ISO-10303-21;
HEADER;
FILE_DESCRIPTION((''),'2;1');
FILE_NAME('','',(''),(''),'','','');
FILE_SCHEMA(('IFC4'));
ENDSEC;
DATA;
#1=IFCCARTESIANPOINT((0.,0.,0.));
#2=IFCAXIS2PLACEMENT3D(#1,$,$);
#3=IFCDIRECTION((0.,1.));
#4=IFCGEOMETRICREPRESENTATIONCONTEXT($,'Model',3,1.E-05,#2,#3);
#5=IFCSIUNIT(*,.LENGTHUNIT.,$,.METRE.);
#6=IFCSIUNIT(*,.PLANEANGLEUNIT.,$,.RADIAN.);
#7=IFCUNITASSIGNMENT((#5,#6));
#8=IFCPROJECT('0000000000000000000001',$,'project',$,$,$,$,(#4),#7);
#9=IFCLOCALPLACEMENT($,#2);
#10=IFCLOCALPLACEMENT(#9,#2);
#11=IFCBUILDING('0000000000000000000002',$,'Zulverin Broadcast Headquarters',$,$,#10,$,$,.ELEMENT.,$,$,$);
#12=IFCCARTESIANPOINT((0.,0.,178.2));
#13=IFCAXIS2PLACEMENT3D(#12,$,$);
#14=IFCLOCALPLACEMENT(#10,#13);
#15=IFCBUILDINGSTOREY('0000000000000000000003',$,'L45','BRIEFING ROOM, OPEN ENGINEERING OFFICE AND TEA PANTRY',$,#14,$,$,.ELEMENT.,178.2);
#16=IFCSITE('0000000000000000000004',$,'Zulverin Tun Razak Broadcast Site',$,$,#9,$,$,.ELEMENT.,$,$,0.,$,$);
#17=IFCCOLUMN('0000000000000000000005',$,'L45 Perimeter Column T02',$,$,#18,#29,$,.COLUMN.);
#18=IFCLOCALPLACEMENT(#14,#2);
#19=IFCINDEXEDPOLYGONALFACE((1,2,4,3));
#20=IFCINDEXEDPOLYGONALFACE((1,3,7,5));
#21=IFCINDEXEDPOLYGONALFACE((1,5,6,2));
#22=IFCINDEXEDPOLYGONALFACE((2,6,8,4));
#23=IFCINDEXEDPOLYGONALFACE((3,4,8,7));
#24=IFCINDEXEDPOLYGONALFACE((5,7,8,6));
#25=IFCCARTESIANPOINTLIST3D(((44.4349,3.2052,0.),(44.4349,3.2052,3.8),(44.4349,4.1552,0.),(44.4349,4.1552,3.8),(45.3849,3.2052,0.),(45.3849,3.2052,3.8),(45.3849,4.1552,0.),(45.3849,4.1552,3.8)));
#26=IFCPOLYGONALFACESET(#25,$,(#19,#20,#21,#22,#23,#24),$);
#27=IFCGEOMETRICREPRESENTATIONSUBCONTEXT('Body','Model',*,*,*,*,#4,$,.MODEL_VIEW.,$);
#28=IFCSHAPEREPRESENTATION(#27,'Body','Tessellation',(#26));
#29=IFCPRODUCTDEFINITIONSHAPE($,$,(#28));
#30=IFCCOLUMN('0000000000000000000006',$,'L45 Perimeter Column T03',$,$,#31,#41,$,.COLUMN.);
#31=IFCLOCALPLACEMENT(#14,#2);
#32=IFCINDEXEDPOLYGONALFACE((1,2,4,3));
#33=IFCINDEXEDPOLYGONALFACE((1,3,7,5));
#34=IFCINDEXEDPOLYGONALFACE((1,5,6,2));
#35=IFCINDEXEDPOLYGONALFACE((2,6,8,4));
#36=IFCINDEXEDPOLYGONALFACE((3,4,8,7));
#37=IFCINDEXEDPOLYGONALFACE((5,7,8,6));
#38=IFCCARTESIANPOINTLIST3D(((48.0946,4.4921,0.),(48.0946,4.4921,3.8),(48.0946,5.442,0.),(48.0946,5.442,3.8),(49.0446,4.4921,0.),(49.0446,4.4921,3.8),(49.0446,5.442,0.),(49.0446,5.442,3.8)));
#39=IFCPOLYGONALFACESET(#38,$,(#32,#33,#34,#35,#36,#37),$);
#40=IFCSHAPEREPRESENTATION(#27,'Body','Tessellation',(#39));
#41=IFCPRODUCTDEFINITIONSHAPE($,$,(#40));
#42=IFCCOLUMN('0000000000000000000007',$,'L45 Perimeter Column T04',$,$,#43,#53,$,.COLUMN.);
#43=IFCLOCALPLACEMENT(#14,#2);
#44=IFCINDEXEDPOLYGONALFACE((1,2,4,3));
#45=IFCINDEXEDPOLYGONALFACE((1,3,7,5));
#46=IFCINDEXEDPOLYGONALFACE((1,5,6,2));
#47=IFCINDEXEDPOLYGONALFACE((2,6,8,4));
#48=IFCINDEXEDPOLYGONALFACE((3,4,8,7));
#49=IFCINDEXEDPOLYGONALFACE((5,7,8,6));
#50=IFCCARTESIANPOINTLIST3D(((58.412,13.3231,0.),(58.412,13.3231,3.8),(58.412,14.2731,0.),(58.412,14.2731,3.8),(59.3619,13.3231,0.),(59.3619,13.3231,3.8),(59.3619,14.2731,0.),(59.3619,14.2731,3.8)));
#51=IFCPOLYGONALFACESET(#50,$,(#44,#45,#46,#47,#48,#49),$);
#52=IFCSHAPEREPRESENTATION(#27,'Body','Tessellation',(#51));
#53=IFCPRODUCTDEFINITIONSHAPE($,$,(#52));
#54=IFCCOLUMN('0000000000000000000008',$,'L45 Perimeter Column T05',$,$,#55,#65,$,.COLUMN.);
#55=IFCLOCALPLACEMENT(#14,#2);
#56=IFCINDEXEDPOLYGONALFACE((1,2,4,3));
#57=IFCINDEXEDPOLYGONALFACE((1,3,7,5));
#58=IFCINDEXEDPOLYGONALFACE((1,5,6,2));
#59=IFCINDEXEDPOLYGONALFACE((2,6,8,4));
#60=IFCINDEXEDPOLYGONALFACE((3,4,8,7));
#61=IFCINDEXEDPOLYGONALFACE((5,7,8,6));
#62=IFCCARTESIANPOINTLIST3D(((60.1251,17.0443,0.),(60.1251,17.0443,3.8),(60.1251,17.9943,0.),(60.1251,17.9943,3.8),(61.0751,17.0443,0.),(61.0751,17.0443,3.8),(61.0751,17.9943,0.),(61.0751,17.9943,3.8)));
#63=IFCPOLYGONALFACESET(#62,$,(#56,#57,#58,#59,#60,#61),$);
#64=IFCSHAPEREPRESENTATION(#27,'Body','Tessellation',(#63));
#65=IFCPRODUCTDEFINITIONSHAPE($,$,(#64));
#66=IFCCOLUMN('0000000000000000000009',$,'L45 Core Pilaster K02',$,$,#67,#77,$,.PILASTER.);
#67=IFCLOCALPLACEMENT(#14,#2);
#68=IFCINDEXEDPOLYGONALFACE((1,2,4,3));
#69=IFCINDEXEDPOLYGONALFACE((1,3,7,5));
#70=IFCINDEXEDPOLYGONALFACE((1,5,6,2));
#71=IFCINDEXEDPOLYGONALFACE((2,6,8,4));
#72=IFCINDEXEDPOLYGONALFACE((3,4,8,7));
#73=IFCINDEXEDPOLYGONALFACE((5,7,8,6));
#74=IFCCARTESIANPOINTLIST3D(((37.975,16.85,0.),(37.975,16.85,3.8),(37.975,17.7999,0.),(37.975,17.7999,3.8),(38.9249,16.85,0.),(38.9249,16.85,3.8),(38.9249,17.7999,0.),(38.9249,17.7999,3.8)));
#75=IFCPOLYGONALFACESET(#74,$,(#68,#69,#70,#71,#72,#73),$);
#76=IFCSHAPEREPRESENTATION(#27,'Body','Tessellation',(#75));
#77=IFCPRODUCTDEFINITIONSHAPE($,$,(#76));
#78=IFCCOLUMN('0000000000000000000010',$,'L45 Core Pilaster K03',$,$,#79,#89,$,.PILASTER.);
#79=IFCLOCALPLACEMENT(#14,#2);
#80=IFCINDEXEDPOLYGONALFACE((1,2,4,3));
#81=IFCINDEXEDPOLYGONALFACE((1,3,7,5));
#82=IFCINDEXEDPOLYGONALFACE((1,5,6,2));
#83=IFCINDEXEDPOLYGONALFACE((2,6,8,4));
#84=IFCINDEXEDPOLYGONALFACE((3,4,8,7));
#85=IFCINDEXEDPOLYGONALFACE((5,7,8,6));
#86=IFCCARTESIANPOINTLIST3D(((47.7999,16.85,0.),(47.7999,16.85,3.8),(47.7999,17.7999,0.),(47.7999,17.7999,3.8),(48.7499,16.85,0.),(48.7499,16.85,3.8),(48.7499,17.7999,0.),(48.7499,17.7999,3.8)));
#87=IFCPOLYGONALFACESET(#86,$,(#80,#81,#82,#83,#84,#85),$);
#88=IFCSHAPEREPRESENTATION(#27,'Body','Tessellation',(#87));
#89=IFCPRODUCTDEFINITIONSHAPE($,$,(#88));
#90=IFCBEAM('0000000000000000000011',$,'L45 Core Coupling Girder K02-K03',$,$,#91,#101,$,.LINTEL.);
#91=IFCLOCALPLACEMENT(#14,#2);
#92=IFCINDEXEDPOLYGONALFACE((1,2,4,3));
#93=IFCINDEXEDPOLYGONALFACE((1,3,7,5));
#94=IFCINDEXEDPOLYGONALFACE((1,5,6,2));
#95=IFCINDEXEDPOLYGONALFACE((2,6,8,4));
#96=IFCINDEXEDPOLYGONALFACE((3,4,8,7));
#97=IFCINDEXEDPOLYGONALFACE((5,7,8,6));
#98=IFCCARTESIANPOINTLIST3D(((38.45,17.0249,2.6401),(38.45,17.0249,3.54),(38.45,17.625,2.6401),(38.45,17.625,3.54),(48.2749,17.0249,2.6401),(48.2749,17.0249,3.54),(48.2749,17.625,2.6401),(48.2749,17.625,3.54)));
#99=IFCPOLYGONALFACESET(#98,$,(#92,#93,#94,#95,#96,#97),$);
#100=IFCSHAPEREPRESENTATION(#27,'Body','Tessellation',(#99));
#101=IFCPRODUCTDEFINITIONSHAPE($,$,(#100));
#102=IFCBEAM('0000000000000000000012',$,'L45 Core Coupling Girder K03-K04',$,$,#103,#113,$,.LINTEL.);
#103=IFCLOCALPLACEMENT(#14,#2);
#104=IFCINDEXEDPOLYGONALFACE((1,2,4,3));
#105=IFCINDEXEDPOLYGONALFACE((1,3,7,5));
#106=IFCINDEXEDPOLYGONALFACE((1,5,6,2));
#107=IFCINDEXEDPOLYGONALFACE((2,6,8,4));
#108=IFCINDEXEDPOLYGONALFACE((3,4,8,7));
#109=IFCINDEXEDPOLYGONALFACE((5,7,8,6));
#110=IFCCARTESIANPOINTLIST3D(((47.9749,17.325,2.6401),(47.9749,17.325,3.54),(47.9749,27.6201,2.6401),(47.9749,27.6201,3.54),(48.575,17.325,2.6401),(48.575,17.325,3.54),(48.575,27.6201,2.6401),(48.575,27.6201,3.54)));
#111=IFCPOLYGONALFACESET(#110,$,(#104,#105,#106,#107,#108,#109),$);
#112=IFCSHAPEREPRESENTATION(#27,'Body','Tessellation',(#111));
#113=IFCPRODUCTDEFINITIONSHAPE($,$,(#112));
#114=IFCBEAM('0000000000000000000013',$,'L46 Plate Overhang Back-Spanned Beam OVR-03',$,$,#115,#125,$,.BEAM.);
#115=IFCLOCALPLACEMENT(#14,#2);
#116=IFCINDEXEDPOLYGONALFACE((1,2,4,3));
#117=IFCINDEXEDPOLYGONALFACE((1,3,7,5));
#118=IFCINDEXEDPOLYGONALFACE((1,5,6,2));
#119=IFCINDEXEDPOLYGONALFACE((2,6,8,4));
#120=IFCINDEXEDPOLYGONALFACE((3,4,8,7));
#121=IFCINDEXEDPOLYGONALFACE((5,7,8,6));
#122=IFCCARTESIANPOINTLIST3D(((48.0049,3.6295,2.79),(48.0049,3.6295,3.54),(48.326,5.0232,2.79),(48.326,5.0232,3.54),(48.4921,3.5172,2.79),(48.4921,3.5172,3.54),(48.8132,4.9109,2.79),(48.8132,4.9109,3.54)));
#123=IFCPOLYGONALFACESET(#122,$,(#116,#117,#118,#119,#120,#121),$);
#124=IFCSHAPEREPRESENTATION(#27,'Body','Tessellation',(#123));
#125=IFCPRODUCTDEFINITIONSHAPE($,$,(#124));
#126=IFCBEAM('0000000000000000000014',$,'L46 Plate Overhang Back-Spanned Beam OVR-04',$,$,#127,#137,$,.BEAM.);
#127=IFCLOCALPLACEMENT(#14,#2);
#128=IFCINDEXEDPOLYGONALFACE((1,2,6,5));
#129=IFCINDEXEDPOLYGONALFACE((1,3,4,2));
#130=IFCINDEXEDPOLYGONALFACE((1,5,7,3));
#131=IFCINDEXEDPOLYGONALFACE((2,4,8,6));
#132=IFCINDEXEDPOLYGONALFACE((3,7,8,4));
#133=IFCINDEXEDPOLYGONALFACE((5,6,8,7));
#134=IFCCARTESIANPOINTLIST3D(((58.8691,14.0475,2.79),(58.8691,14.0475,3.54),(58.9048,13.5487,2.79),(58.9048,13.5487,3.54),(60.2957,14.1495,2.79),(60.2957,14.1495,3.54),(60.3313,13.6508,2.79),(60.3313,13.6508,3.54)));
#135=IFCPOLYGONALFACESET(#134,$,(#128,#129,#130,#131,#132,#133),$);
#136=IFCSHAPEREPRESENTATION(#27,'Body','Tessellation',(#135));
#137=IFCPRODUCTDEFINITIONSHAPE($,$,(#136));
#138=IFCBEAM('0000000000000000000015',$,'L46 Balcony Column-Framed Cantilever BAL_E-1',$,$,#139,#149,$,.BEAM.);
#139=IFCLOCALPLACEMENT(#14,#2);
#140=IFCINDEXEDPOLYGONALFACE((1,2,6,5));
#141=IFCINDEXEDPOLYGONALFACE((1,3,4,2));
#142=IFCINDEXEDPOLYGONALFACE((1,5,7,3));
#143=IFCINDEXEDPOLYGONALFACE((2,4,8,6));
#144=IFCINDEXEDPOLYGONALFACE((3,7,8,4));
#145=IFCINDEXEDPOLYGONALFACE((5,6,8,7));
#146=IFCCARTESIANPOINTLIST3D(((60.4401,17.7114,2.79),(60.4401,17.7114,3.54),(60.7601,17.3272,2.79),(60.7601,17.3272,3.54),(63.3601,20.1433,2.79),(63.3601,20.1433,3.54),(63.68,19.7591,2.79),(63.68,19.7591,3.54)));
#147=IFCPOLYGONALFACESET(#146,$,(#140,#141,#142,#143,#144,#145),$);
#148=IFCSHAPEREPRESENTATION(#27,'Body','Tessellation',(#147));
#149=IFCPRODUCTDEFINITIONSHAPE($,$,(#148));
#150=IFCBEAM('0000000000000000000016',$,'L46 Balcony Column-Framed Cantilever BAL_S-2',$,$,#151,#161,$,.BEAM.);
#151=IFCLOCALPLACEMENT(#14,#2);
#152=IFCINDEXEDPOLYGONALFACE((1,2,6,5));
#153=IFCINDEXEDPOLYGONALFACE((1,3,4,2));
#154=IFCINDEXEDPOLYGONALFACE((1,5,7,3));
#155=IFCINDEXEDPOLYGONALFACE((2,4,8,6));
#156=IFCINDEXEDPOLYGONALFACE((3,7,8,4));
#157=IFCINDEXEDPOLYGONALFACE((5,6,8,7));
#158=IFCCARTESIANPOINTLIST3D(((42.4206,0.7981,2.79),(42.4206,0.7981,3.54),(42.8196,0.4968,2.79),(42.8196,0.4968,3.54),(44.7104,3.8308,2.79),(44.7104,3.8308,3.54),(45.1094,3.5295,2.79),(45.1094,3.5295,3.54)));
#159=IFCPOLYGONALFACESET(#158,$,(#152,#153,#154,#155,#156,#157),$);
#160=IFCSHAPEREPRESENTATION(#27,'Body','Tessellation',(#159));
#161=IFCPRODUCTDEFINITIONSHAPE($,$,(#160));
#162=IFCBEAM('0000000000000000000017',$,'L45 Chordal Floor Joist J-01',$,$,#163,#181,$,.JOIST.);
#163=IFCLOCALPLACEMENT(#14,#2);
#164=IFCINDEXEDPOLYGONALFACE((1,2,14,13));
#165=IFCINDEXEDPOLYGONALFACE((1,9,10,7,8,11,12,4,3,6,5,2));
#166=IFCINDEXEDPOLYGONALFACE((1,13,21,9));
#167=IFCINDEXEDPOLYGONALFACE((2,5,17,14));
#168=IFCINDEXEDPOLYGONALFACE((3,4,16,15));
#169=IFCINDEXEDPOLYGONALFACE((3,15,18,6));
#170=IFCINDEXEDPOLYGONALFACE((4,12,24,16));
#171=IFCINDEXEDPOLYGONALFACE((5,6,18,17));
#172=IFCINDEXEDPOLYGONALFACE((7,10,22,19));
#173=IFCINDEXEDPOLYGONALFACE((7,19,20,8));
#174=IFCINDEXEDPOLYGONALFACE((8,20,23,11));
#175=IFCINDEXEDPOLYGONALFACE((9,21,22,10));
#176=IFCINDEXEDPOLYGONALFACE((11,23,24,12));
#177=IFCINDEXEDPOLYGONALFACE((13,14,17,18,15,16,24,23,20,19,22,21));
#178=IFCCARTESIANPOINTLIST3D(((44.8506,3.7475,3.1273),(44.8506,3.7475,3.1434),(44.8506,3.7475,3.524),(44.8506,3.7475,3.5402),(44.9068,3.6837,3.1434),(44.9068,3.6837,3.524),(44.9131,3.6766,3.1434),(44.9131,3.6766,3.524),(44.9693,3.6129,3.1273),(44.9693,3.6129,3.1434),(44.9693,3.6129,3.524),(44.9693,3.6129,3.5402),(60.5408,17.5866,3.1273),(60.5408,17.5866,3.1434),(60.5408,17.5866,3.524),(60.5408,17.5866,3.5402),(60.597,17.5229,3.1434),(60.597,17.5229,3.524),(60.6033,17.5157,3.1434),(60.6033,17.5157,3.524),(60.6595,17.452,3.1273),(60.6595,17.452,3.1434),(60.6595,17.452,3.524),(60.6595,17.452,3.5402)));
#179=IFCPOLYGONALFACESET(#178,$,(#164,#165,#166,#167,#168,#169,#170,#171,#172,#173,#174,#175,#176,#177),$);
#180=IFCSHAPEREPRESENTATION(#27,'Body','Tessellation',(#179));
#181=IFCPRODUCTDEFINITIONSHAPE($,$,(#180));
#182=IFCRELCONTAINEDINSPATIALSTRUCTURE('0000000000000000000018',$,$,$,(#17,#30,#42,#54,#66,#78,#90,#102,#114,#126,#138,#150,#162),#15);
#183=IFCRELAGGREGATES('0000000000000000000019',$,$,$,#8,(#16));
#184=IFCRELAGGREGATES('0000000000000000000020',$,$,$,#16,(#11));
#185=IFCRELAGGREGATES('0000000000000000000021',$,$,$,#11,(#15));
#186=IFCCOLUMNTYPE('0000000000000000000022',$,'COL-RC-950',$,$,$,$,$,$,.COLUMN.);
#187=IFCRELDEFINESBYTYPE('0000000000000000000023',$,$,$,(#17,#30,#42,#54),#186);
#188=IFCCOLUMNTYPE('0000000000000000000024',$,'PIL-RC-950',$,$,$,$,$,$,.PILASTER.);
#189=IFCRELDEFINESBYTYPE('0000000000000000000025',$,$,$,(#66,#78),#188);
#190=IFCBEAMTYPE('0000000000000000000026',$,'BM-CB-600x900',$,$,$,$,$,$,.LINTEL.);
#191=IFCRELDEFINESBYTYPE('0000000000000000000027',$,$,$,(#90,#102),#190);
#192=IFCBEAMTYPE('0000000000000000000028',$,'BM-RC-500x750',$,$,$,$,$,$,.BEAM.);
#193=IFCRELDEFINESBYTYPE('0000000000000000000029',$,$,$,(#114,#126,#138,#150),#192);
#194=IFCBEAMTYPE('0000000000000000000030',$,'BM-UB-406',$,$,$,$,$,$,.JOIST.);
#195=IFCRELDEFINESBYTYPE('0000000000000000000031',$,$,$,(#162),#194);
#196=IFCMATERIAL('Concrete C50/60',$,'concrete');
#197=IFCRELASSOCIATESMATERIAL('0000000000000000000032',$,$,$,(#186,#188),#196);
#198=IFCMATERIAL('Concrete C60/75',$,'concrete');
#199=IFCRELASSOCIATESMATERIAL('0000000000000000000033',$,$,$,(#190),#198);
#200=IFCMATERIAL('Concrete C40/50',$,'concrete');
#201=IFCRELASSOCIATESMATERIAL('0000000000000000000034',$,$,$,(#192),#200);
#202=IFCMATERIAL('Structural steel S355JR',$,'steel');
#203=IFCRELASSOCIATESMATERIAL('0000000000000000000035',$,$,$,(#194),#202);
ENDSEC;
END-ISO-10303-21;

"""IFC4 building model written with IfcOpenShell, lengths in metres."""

from ifc_helpers import new_model, si_unit, direction, frame, origin, origin_2d, place, context, subcontext, project, spatial, rectangle, i_section, extrude, material, material_profile, profile_set, type_object, element, save


model = new_model("IFC4")

# Units and contexts
model_context = context("Model", 3, precision=1e-05, world=origin(), true_north=direction((0.0, 1.0)))
body_context = subcontext(model_context, "Body", "Model", "MODEL_VIEW")
ifc_project = project(units=[si_unit("LENGTHUNIT", "METRE"), si_unit("PLANEANGLEUNIT", "RADIAN")], contexts=[model_context])

# Site, building, storey
site_placement = place(None, origin())
site = spatial("IfcSite", under=ifc_project, at=site_placement, Name="Zulverin Tun Razak Broadcast Site", CompositionType="ELEMENT", RefElevation=0.0)
building_placement = place(site_placement, origin())
building = spatial("IfcBuilding", under=site, at=building_placement, Name="Zulverin Broadcast Headquarters", CompositionType="ELEMENT")
storey_placement = place(building_placement, frame((0.0, 0.0, 178.2)))
storey = spatial("IfcBuildingStorey", under=building, at=storey_placement, Name="L45", Description="BRIEFING ROOM, OPEN ENGINEERING OFFICE AND TEA PANTRY", CompositionType="ELEMENT", Elevation=178.2)

# Columns
ifc_material_1 = material(Name="Concrete C50/60", Category="concrete")
ifc_material_profile_1 = material_profile(ifc_material_1, rectangle(XDim=0.95, YDim=0.95, at=origin_2d()), Name="Concrete C50/60", Category="concrete")
ifc_profile_set_1 = profile_set([ifc_material_profile_1], Name="Concrete C50/60")
column_type_1 = type_object("IfcColumnType", Name="COL-RC-950", PredefinedType="COLUMN", material=ifc_profile_set_1)
for number, where, z_axis, x_axis, name in (
    (1, (44.9099, 3.6802, 0.0), (0.0, 0.0, 1.0), (1.0, 0.0, 0.0), "L45 Perimeter Column T02"),
    (2, (48.5696, 4.967, 0.0), (0.0, 0.0, 1.0), (1.0, 0.0, 0.0), "L45 Perimeter Column T03"),
    (3, (58.887, 13.7981, 0.0), (0.0, 0.0, 1.0), (1.0, 0.0, 0.0), "L45 Perimeter Column T04"),
    (4, (60.6001, 17.5193, 0.0), (0.0, 0.0, 1.0), (1.0, 0.0, 0.0), "L45 Perimeter Column T05"),
):
    element("IfcColumn", number, at=place(storey_placement, frame(where, z_axis=z_axis, x_axis=x_axis)), inside=storey, type_object=column_type_1, Name=name, PredefinedType="COLUMN", context=body_context, shape_type="SweptSolid", body=[
        extrude(rectangle(XDim=0.95, YDim=0.95, at=origin_2d()), origin(), (0.0, 0.0, 1.0), 3.8),
    ])
ifc_material_profile_2 = material_profile(ifc_material_1, rectangle(XDim=0.95, YDim=0.95, at=origin_2d()), Name="Concrete C50/60", Category="concrete")
ifc_profile_set_2 = profile_set([ifc_material_profile_2], Name="Concrete C50/60")
column_type_2 = type_object("IfcColumnType", Name="PIL-RC-950", PredefinedType="PILASTER", material=ifc_profile_set_2)
for number, where, z_axis, x_axis, name in (
    (5, (38.45, 17.325, 0.0), (0.0, 0.0, 1.0), (1.0, 0.0, 0.0), "L45 Core Pilaster K02"),
    (6, (48.2749, 17.325, 0.0), (0.0, 0.0, 1.0), (1.0, 0.0, 0.0), "L45 Core Pilaster K03"),
):
    element("IfcColumn", number, at=place(storey_placement, frame(where, z_axis=z_axis, x_axis=x_axis)), inside=storey, type_object=column_type_2, Name=name, PredefinedType="PILASTER", context=body_context, shape_type="SweptSolid", body=[
        extrude(rectangle(XDim=0.95, YDim=0.95, at=origin_2d()), origin(), (0.0, 0.0, 1.0), 3.8),
    ])

# Beams
ifc_material_2 = material(Name="Concrete C60/75", Category="concrete")
ifc_material_profile_3 = material_profile(ifc_material_2, rectangle(XDim=0.6001, YDim=0.8999, at=origin_2d()), Name="Concrete C60/75", Category="concrete")
ifc_profile_set_3 = profile_set([ifc_material_profile_3], Name="Concrete C60/75")
beam_type_1 = type_object("IfcBeamType", Name="BM-CB-600x900", PredefinedType="LINTEL", material=ifc_profile_set_3)
beam_1_placement = place(storey_placement, frame((38.45, 17.325, 3.0901), z_axis=(1.0, 0.0, 0.0), x_axis=(0.0, 1.0, 0.0)))
element("IfcBeam", 7, at=beam_1_placement, inside=storey, type_object=beam_type_1, Name="L45 Core Coupling Girder K02-K03", PredefinedType="LINTEL", context=body_context, shape_type="SweptSolid", body=[
    extrude(rectangle(XDim=0.6001, YDim=0.8999, at=origin_2d()), origin(), (0.0, 0.0, 1.0), 9.825),
])
beam_2_placement = place(storey_placement, frame((48.2749, 17.325, 3.0901), z_axis=(0.0, 1.0, 0.0), x_axis=(-1.0, 0.0, 0.0)))
element("IfcBeam", 8, at=beam_2_placement, inside=storey, type_object=beam_type_1, Name="L45 Core Coupling Girder K03-K04", PredefinedType="LINTEL", context=body_context, shape_type="SweptSolid", body=[
    extrude(rectangle(XDim=0.6001, YDim=0.8999, at=origin_2d()), origin(), (0.0, 0.0, 1.0), 10.2952),
])
ifc_material_3 = material(Name="Concrete C40/50", Category="concrete")
ifc_material_profile_4 = material_profile(ifc_material_3, rectangle(XDim=0.5, YDim=0.75, at=origin_2d()), Name="Concrete C40/50", Category="concrete")
ifc_profile_set_4 = profile_set([ifc_material_profile_4], Name="Concrete C40/50")
beam_type_2 = type_object("IfcBeamType", Name="BM-RC-500x750", PredefinedType="BEAM", material=ifc_profile_set_4)
for number, where, z_axis, x_axis, name in (
    (9, (48.5696, 4.967, 3.165), (-0.224498, -0.974475, 0.0), (0.974475, -0.224498, 0.0), "L46 Plate Overhang Back-Spanned Beam OVR-03"),
    (10, (58.887, 13.7981, 3.165), (0.997451, 0.071356, 0.0), (-0.071356, 0.997451, 0.0), "L46 Plate Overhang Back-Spanned Beam OVR-04"),
):
    element("IfcBeam", number, at=place(storey_placement, frame(where, z_axis=z_axis, x_axis=x_axis)), inside=storey, type_object=beam_type_2, Name=name, PredefinedType="BEAM", context=body_context, shape_type="SweptSolid", body=[
        extrude(rectangle(XDim=0.5, YDim=0.75, at=origin_2d()), origin(), (0.0, 0.0, 1.0), 1.4302),
    ])
for number, where, z_axis, x_axis, name in (
    (11, (60.6001, 17.5193, 3.165), (0.7684, 0.63997, 0.0), (-0.63997, 0.7684, 0.0), "L46 Balcony Column-Framed Cantilever BAL_E-1"),
    (12, (44.9099, 3.6802, 3.165), (-0.602567, -0.798068, 0.0), (0.798068, -0.602567, 0.0), "L46 Balcony Column-Framed Cantilever BAL_S-2"),
):
    element("IfcBeam", number, at=place(storey_placement, frame(where, z_axis=z_axis, x_axis=x_axis)), inside=storey, type_object=beam_type_2, Name=name, PredefinedType="BEAM", context=body_context, shape_type="SweptSolid", body=[
        extrude(rectangle(XDim=0.5, YDim=0.75, at=origin_2d()), origin(), (0.0, 0.0, 1.0), 3.8),
    ])
ifc_material_4 = material(Name="Structural steel S355JR", Category="steel")
ifc_material_profile_5 = material_profile(ifc_material_4, i_section(OverallWidth=0.1794, OverallDepth=0.4128, WebThickness=0.0095, FlangeThickness=0.0161, at=origin_2d()), Name="Structural steel S355JR", Category="steel")
ifc_profile_set_5 = profile_set([ifc_material_profile_5], Name="Structural steel S355JR")
beam_type_3 = type_object("IfcBeamType", Name="BM-UB-406", PredefinedType="JOIST", material=ifc_profile_set_5)
beam_3_placement = place(storey_placement, frame((44.9099, 3.6802, 3.3337), z_axis=(0.74996, 0.661483, 0.0), x_axis=(-0.661483, 0.74996, 0.0)))
element("IfcBeam", 13, at=beam_3_placement, inside=storey, type_object=beam_type_3, Name="L45 Chordal Floor Joist J-01", PredefinedType="JOIST", context=body_context, shape_type="SweptSolid", body=[
    extrude(i_section(OverallWidth=0.1794, OverallDepth=0.4128, WebThickness=0.0095, FlangeThickness=0.0161, at=origin_2d()), origin(), (0.0, 0.0, 1.0), 20.9214),
])

save(model, "model.ifc")
